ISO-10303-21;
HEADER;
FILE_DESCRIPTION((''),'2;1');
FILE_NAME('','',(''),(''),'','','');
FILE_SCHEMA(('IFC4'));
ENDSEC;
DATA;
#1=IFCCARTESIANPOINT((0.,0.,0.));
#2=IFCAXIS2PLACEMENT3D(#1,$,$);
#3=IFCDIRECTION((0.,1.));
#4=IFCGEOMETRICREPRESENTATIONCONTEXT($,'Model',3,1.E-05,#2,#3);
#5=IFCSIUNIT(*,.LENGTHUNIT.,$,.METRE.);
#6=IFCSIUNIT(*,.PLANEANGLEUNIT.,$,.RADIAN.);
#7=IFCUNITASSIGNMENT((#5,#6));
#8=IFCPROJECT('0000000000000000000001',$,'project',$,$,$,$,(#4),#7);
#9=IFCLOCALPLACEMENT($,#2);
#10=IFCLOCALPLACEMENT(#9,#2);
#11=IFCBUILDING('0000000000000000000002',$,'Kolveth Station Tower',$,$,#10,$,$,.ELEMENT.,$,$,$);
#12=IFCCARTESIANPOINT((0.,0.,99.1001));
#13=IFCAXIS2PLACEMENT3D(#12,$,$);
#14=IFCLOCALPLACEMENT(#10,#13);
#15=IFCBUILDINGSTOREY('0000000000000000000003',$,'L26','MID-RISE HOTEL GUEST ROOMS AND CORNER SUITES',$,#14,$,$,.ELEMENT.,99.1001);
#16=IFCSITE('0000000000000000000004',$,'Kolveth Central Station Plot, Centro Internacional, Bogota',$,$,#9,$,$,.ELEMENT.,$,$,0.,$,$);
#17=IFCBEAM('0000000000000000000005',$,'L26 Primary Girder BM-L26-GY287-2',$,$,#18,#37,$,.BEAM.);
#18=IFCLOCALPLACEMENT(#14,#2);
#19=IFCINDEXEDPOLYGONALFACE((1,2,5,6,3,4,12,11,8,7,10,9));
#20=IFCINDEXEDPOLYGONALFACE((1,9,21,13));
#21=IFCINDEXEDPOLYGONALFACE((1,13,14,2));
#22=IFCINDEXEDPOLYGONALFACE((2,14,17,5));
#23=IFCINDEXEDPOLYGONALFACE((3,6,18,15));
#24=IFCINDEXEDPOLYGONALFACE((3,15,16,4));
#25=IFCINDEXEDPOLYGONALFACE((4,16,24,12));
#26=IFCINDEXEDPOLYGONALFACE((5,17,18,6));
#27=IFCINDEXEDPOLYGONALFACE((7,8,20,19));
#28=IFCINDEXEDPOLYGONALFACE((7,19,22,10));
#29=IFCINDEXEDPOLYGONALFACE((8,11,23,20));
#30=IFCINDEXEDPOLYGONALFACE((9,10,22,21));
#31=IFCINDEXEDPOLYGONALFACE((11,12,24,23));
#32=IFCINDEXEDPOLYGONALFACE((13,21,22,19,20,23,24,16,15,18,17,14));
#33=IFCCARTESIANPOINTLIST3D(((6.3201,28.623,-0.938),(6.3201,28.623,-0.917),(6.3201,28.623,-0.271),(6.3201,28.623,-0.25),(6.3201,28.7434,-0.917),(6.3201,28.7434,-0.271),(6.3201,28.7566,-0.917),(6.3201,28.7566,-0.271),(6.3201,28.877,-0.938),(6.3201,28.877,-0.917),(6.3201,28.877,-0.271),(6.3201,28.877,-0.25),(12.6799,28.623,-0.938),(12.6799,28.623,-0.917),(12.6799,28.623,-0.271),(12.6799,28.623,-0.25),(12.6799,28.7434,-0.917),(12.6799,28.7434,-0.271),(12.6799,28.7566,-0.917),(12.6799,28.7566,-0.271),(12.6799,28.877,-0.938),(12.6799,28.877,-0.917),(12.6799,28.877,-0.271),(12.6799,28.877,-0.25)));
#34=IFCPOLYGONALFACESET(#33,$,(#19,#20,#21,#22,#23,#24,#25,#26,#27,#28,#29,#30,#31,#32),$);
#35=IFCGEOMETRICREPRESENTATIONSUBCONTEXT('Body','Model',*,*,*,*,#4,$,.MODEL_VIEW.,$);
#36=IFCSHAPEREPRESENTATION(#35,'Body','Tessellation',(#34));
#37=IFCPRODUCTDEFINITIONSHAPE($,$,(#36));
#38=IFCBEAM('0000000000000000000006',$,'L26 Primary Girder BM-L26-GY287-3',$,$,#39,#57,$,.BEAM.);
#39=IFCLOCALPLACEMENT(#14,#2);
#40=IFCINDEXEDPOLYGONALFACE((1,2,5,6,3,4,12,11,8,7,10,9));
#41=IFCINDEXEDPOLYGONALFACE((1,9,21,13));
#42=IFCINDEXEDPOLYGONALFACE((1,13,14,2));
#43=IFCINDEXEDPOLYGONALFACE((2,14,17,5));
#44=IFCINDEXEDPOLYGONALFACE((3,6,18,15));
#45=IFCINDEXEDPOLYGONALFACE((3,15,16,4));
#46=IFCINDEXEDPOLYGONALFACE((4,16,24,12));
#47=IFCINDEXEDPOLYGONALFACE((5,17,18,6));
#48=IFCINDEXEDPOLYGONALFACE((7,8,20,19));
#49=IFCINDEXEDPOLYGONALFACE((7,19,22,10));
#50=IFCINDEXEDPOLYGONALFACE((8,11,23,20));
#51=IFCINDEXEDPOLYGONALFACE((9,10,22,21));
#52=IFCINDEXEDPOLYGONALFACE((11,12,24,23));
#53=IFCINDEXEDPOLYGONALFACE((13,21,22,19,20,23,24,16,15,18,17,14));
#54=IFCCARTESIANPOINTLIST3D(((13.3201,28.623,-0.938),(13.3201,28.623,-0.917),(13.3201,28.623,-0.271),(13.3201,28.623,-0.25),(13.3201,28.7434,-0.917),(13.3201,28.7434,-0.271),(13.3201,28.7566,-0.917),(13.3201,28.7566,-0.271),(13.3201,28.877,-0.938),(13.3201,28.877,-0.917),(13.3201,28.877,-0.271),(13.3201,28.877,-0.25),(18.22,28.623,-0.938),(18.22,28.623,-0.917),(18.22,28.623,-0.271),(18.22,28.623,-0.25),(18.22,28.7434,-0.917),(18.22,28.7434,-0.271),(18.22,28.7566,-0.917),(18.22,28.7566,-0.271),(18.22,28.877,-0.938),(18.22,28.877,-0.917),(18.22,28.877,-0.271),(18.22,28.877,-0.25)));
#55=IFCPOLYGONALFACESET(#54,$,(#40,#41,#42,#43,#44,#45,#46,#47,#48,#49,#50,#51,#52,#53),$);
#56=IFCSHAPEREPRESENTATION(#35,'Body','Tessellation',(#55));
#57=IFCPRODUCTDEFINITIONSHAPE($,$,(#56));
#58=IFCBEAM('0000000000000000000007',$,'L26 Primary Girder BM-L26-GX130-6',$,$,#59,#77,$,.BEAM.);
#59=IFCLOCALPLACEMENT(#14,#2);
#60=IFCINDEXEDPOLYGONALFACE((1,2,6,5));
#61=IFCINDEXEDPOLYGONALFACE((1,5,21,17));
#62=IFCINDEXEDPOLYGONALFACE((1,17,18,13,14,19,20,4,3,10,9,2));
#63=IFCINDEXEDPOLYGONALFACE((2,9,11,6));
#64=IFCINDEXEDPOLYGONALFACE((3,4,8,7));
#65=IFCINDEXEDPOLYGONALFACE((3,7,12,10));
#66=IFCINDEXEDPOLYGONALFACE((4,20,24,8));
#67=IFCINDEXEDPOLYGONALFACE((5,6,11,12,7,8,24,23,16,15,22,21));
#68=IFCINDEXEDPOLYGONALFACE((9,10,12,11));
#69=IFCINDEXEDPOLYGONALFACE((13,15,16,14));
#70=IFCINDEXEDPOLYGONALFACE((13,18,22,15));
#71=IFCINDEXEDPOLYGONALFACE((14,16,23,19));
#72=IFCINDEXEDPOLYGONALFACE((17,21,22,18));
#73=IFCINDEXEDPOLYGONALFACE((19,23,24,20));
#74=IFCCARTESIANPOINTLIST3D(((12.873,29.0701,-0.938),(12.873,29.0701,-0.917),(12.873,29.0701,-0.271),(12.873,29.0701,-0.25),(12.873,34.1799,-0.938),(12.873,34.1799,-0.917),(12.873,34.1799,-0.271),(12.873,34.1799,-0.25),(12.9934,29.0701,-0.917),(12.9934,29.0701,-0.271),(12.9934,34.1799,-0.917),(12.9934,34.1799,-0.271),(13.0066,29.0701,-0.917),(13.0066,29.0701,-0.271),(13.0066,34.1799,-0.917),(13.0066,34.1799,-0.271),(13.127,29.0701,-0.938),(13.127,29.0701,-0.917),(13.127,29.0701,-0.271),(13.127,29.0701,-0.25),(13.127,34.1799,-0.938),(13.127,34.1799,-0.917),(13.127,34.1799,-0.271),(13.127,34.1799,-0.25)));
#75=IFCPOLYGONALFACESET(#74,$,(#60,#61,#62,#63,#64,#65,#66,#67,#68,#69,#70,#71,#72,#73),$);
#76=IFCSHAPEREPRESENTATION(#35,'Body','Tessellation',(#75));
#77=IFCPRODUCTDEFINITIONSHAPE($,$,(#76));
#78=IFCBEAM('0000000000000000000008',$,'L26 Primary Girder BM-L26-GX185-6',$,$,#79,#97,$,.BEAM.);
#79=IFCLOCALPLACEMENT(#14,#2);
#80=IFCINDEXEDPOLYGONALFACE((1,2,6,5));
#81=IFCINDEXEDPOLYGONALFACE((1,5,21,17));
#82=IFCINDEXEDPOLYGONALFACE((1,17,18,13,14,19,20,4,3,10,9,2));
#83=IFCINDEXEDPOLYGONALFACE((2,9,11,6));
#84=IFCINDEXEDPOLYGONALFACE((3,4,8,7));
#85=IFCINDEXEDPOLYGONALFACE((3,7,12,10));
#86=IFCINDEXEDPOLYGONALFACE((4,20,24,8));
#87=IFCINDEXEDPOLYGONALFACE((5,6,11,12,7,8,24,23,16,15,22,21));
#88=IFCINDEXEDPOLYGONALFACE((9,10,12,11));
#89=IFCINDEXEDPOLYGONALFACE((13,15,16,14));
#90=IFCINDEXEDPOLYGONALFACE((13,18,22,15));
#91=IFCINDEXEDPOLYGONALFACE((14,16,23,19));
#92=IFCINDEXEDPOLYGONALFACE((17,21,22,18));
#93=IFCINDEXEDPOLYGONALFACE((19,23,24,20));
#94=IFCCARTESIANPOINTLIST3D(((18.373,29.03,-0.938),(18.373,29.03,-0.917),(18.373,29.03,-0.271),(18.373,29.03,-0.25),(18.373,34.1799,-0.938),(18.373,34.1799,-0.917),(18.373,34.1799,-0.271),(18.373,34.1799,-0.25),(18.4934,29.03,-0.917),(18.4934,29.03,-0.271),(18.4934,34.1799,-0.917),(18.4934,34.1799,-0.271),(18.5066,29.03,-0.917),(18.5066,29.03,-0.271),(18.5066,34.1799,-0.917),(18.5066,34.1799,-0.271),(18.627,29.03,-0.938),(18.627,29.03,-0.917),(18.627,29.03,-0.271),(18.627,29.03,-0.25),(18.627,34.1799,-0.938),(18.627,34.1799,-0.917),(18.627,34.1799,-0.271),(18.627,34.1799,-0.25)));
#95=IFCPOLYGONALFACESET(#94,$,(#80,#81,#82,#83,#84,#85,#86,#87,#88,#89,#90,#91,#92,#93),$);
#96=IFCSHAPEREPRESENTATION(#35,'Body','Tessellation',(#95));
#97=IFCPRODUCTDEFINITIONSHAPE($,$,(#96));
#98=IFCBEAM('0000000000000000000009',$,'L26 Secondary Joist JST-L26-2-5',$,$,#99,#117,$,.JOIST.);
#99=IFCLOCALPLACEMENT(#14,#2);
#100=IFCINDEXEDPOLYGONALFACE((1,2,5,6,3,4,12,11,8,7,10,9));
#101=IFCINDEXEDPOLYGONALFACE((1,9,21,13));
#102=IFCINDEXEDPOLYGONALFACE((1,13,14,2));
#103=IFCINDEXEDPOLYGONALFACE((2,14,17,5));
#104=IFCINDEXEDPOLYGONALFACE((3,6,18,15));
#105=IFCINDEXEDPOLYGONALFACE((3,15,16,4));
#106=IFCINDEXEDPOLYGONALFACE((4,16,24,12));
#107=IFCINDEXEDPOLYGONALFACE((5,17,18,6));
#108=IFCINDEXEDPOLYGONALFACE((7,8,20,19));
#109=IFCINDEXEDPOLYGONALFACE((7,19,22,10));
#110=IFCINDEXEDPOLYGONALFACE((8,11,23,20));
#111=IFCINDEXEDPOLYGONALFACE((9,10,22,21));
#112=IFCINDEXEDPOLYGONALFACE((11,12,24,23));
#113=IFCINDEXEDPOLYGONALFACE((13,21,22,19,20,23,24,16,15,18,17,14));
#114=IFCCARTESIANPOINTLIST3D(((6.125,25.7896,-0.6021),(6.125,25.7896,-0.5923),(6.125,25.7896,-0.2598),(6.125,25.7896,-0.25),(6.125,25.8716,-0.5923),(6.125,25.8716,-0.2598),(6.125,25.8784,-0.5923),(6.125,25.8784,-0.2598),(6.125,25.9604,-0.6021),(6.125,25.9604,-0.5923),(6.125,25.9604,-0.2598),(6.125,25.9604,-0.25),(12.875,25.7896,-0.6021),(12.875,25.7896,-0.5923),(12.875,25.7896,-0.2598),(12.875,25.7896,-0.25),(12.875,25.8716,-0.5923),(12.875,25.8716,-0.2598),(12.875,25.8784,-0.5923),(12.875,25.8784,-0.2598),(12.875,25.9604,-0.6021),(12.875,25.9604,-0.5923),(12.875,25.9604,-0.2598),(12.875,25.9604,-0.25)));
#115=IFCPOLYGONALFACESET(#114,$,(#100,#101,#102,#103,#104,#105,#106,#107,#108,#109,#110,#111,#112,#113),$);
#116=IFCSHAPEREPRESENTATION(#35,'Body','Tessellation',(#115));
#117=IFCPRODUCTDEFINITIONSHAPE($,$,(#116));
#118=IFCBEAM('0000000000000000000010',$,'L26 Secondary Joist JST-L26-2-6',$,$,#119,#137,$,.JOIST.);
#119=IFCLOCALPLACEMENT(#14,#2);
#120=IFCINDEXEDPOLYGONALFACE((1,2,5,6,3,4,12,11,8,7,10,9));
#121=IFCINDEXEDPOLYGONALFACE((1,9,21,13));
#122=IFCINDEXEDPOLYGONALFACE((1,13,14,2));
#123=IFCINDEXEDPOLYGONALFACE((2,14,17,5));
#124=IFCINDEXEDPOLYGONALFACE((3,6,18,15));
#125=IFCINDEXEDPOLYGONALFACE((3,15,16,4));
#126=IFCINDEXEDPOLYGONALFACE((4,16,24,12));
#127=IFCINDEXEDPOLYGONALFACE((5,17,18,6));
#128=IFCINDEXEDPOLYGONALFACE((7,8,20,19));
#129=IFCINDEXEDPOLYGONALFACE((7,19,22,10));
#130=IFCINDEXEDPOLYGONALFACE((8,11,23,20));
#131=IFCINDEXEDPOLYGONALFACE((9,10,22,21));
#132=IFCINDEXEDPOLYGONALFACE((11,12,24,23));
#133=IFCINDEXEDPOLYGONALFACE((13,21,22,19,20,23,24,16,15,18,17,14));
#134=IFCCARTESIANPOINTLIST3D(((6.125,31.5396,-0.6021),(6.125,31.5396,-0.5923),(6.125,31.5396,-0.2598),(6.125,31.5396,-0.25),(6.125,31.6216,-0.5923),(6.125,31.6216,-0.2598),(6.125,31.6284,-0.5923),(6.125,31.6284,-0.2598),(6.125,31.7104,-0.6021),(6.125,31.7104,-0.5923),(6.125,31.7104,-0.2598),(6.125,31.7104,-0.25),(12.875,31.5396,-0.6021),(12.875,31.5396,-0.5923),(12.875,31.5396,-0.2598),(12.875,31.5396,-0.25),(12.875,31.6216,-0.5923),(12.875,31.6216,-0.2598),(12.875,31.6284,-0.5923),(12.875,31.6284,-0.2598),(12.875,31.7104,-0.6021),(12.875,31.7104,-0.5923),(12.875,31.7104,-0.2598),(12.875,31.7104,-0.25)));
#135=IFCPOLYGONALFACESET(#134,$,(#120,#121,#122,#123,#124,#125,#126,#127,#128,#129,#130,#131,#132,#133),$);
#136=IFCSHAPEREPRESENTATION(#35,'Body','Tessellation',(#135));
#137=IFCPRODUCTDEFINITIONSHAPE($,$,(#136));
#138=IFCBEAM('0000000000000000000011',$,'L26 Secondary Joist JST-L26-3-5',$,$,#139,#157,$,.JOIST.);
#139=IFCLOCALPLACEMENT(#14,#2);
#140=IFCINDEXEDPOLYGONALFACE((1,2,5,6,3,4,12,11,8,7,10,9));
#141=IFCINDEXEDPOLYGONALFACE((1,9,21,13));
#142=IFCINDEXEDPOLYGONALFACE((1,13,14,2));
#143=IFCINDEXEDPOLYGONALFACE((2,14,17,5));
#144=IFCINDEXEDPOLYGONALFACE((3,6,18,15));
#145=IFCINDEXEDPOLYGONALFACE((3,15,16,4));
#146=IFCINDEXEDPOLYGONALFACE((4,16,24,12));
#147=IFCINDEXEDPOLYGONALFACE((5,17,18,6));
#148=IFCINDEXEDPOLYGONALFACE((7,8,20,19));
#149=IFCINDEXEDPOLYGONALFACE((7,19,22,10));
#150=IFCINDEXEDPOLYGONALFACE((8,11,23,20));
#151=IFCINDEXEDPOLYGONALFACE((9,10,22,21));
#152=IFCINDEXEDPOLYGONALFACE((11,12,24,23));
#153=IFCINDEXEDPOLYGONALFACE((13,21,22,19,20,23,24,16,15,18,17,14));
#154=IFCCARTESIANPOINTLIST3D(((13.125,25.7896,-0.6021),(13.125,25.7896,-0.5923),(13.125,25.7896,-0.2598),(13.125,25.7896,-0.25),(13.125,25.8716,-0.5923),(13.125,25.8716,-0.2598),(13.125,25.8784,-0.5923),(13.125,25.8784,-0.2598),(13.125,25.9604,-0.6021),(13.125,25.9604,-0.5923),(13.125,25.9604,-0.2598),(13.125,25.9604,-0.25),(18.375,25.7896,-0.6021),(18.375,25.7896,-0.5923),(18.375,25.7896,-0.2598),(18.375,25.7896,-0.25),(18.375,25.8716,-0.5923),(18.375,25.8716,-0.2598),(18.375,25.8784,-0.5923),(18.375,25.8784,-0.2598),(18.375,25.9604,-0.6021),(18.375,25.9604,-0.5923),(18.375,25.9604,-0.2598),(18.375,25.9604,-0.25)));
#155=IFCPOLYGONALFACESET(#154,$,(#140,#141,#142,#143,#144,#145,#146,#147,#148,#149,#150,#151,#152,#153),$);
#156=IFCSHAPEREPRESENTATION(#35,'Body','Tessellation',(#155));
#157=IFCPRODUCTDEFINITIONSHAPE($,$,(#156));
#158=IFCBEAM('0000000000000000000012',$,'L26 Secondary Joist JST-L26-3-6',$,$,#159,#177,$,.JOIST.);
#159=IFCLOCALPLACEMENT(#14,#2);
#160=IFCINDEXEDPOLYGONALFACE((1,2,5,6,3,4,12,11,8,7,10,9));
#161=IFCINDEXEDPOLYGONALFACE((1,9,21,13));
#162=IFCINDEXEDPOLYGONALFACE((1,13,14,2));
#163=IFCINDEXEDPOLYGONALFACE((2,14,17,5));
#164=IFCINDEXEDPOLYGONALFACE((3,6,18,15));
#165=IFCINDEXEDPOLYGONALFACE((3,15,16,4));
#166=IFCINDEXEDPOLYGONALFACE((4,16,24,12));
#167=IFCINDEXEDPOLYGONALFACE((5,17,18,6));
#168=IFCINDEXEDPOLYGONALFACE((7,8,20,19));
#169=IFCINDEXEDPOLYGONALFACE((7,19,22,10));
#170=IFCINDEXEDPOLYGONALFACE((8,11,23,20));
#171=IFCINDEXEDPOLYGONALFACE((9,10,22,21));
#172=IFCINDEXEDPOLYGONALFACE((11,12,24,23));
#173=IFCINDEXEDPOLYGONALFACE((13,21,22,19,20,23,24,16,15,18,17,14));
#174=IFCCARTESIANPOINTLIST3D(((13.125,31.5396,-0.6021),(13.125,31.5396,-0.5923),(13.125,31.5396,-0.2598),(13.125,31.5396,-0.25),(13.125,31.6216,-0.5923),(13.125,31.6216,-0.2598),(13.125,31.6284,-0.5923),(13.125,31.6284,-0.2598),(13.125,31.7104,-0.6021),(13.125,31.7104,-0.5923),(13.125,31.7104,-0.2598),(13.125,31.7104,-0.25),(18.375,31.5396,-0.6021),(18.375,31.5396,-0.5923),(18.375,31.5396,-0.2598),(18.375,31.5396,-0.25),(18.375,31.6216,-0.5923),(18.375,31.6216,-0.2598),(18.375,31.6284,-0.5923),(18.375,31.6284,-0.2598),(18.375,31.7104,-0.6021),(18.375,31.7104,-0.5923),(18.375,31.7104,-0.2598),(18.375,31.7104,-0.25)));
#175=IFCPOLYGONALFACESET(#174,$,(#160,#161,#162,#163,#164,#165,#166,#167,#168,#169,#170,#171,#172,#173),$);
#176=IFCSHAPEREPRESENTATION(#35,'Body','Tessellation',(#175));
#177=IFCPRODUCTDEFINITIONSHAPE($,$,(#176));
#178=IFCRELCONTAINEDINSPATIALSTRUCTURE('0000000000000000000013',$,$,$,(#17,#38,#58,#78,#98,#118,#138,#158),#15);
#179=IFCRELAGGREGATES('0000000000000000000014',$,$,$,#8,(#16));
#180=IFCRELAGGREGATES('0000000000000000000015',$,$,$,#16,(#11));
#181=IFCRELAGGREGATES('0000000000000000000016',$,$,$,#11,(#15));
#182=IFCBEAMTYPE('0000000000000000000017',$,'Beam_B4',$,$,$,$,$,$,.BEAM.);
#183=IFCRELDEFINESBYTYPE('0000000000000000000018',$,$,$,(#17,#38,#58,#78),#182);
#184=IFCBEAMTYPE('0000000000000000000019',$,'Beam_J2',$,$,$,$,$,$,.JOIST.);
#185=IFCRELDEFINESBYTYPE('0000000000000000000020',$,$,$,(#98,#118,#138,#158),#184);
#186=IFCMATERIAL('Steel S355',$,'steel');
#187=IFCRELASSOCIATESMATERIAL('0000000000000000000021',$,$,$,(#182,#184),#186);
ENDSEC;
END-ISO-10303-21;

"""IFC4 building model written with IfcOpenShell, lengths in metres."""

from ifc_helpers import new_model, si_unit, direction, frame, origin, origin_2d, place, context, subcontext, project, spatial, i_section, extrude, source, transform, mapped, material, material_profile, profile_set, type_object, element, save


model = new_model("IFC4")

# Units and contexts
model_context = context("Model", 3, precision=1e-05, world=origin(), true_north=direction((0.0, 1.0)))
body_context = subcontext(model_context, "Body", "Model", "MODEL_VIEW")
ifc_project = project(units=[si_unit("LENGTHUNIT", "METRE"), si_unit("PLANEANGLEUNIT", "RADIAN")], contexts=[model_context])

# Site, building, storey
site_placement = place(None, origin())
site = spatial("IfcSite", under=ifc_project, at=site_placement, Name="Kolveth Central Station Plot, Centro Internacional, Bogota", CompositionType="ELEMENT", RefElevation=0.0)
building_placement = place(site_placement, origin())
building = spatial("IfcBuilding", under=site, at=building_placement, Name="Kolveth Station Tower", CompositionType="ELEMENT")
storey_placement = place(building_placement, frame((0.0, 0.0, 99.1001)))
storey = spatial("IfcBuildingStorey", under=building, at=storey_placement, Name="L26", Description="MID-RISE HOTEL GUEST ROOMS AND CORNER SUITES", CompositionType="ELEMENT", Elevation=99.1001)

# Shared definitions
ifc_material_1 = material(Name="Steel S355", Category="steel")

# Beams
ifc_material_profile_1 = material_profile(ifc_material_1, i_section(OverallWidth=0.2539, OverallDepth=0.688, WebThickness=0.0132, FlangeThickness=0.021, at=origin_2d()), Name="W690x152")
ifc_profile_set_1 = profile_set([ifc_material_profile_1], Name="Steel S355")
beam_type_1 = type_object("IfcBeamType", Name="Beam_B4", PredefinedType="BEAM", material=ifc_profile_set_1)
shared_shape_1 = source(origin(), body_context, "Body", "SweptSolid", [
    extrude(i_section(OverallWidth=0.2539, OverallDepth=0.688, WebThickness=0.0132, FlangeThickness=0.021, at=origin_2d()), origin(), (0.0, 0.0, 1.0), 6.3599),
])
beam_1_placement = place(storey_placement, frame((6.3201, 28.75, -0.594), z_axis=(1.0, 0.0, 0.0), x_axis=(0.0, 1.0, 0.0)))
element("IfcBeam", 1, at=beam_1_placement, inside=storey, type_object=beam_type_1, Name="L26 Primary Girder BM-L26-GY287-2", PredefinedType="BEAM", context=body_context, shape_type="MappedRepresentation", body=[
    mapped(shared_shape_1, transform((0.0, 0.0, 0.0), x_axis=(1.0, 0.0, 0.0), y_axis=(0.0, 1.0, 0.0), z_axis=(0.0, 0.0, 1.0), scale=1.0)),
])
shared_shape_2 = source(origin(), body_context, "Body", "SweptSolid", [
    extrude(i_section(OverallWidth=0.2539, OverallDepth=0.688, WebThickness=0.0132, FlangeThickness=0.021, at=origin_2d()), origin(), (0.0, 0.0, 1.0), 4.8999),
])
beam_2_placement = place(storey_placement, frame((13.3201, 28.75, -0.594), z_axis=(1.0, 0.0, 0.0), x_axis=(0.0, 1.0, 0.0)))
element("IfcBeam", 2, at=beam_2_placement, inside=storey, type_object=beam_type_1, Name="L26 Primary Girder BM-L26-GY287-3", PredefinedType="BEAM", context=body_context, shape_type="MappedRepresentation", body=[
    mapped(shared_shape_2, transform((0.0, 0.0, 0.0), x_axis=(1.0, 0.0, 0.0), y_axis=(0.0, 1.0, 0.0), z_axis=(0.0, 0.0, 1.0), scale=1.0)),
])
shared_shape_3 = source(origin(), body_context, "Body", "SweptSolid", [
    extrude(i_section(OverallWidth=0.2539, OverallDepth=0.688, WebThickness=0.0132, FlangeThickness=0.021, at=origin_2d()), origin(), (0.0, 0.0, 1.0), 5.1099),
])
beam_3_placement = place(storey_placement, frame((13.0, 29.0701, -0.594), z_axis=(0.0, 1.0, 0.0), x_axis=(-1.0, 0.0, 0.0)))
element("IfcBeam", 3, at=beam_3_placement, inside=storey, type_object=beam_type_1, Name="L26 Primary Girder BM-L26-GX130-6", PredefinedType="BEAM", context=body_context, shape_type="MappedRepresentation", body=[
    mapped(shared_shape_3, transform((0.0, 0.0, 0.0), x_axis=(1.0, 0.0, 0.0), y_axis=(0.0, 1.0, 0.0), z_axis=(0.0, 0.0, 1.0), scale=1.0)),
])
shared_shape_4 = source(origin(), body_context, "Body", "SweptSolid", [
    extrude(i_section(OverallWidth=0.2539, OverallDepth=0.688, WebThickness=0.0132, FlangeThickness=0.021, at=origin_2d()), origin(), (0.0, 0.0, 1.0), 5.1499),
])
beam_4_placement = place(storey_placement, frame((18.5, 29.03, -0.594), z_axis=(0.0, 1.0, 0.0), x_axis=(-1.0, 0.0, 0.0)))
element("IfcBeam", 4, at=beam_4_placement, inside=storey, type_object=beam_type_1, Name="L26 Primary Girder BM-L26-GX185-6", PredefinedType="BEAM", context=body_context, shape_type="MappedRepresentation", body=[
    mapped(shared_shape_4, transform((0.0, 0.0, 0.0), x_axis=(1.0, 0.0, 0.0), y_axis=(0.0, 1.0, 0.0), z_axis=(0.0, 0.0, 1.0), scale=1.0)),
])
ifc_material_profile_2 = material_profile(ifc_material_1, i_section(OverallWidth=0.1709, OverallDepth=0.3521, WebThickness=0.0068, FlangeThickness=0.0098, at=origin_2d()), Name="W360x44")
ifc_profile_set_2 = profile_set([ifc_material_profile_2], Name="Steel S355")
beam_type_2 = type_object("IfcBeamType", Name="Beam_J2", PredefinedType="JOIST", material=ifc_profile_set_2)
shared_shape_5 = source(origin(), body_context, "Body", "SweptSolid", [
    extrude(i_section(OverallWidth=0.1709, OverallDepth=0.3521, WebThickness=0.0068, FlangeThickness=0.0098, at=origin_2d()), origin(), (0.0, 0.0, 1.0), 6.75),
])
for number, where, z_axis, x_axis, name in (
    (5, (6.125, 25.875, -0.426), (1.0, 0.0, 0.0), (0.0, 1.0, 0.0), "L26 Secondary Joist JST-L26-2-5"),
    (6, (6.125, 31.625, -0.426), (1.0, 0.0, 0.0), (0.0, 1.0, 0.0), "L26 Secondary Joist JST-L26-2-6"),
):
    element("IfcBeam", number, at=place(storey_placement, frame(where, z_axis=z_axis, x_axis=x_axis)), inside=storey, type_object=beam_type_2, Name=name, PredefinedType="JOIST", context=body_context, shape_type="MappedRepresentation", body=[
        mapped(shared_shape_5, transform((0.0, 0.0, 0.0), x_axis=(1.0, 0.0, 0.0), y_axis=(0.0, 1.0, 0.0), z_axis=(0.0, 0.0, 1.0), scale=1.0)),
    ])
shared_shape_6 = source(origin(), body_context, "Body", "SweptSolid", [
    extrude(i_section(OverallWidth=0.1709, OverallDepth=0.3521, WebThickness=0.0068, FlangeThickness=0.0098, at=origin_2d()), origin(), (0.0, 0.0, 1.0), 5.25),
])
for number, where, z_axis, x_axis, name in (
    (7, (13.125, 25.875, -0.426), (1.0, 0.0, 0.0), (0.0, 1.0, 0.0), "L26 Secondary Joist JST-L26-3-5"),
    (8, (13.125, 31.625, -0.426), (1.0, 0.0, 0.0), (0.0, 1.0, 0.0), "L26 Secondary Joist JST-L26-3-6"),
):
    element("IfcBeam", number, at=place(storey_placement, frame(where, z_axis=z_axis, x_axis=x_axis)), inside=storey, type_object=beam_type_2, Name=name, PredefinedType="JOIST", context=body_context, shape_type="MappedRepresentation", body=[
        mapped(shared_shape_6, transform((0.0, 0.0, 0.0), x_axis=(1.0, 0.0, 0.0), y_axis=(0.0, 1.0, 0.0), z_axis=(0.0, 0.0, 1.0), scale=1.0)),
    ])

save(model, "model.ifc")
